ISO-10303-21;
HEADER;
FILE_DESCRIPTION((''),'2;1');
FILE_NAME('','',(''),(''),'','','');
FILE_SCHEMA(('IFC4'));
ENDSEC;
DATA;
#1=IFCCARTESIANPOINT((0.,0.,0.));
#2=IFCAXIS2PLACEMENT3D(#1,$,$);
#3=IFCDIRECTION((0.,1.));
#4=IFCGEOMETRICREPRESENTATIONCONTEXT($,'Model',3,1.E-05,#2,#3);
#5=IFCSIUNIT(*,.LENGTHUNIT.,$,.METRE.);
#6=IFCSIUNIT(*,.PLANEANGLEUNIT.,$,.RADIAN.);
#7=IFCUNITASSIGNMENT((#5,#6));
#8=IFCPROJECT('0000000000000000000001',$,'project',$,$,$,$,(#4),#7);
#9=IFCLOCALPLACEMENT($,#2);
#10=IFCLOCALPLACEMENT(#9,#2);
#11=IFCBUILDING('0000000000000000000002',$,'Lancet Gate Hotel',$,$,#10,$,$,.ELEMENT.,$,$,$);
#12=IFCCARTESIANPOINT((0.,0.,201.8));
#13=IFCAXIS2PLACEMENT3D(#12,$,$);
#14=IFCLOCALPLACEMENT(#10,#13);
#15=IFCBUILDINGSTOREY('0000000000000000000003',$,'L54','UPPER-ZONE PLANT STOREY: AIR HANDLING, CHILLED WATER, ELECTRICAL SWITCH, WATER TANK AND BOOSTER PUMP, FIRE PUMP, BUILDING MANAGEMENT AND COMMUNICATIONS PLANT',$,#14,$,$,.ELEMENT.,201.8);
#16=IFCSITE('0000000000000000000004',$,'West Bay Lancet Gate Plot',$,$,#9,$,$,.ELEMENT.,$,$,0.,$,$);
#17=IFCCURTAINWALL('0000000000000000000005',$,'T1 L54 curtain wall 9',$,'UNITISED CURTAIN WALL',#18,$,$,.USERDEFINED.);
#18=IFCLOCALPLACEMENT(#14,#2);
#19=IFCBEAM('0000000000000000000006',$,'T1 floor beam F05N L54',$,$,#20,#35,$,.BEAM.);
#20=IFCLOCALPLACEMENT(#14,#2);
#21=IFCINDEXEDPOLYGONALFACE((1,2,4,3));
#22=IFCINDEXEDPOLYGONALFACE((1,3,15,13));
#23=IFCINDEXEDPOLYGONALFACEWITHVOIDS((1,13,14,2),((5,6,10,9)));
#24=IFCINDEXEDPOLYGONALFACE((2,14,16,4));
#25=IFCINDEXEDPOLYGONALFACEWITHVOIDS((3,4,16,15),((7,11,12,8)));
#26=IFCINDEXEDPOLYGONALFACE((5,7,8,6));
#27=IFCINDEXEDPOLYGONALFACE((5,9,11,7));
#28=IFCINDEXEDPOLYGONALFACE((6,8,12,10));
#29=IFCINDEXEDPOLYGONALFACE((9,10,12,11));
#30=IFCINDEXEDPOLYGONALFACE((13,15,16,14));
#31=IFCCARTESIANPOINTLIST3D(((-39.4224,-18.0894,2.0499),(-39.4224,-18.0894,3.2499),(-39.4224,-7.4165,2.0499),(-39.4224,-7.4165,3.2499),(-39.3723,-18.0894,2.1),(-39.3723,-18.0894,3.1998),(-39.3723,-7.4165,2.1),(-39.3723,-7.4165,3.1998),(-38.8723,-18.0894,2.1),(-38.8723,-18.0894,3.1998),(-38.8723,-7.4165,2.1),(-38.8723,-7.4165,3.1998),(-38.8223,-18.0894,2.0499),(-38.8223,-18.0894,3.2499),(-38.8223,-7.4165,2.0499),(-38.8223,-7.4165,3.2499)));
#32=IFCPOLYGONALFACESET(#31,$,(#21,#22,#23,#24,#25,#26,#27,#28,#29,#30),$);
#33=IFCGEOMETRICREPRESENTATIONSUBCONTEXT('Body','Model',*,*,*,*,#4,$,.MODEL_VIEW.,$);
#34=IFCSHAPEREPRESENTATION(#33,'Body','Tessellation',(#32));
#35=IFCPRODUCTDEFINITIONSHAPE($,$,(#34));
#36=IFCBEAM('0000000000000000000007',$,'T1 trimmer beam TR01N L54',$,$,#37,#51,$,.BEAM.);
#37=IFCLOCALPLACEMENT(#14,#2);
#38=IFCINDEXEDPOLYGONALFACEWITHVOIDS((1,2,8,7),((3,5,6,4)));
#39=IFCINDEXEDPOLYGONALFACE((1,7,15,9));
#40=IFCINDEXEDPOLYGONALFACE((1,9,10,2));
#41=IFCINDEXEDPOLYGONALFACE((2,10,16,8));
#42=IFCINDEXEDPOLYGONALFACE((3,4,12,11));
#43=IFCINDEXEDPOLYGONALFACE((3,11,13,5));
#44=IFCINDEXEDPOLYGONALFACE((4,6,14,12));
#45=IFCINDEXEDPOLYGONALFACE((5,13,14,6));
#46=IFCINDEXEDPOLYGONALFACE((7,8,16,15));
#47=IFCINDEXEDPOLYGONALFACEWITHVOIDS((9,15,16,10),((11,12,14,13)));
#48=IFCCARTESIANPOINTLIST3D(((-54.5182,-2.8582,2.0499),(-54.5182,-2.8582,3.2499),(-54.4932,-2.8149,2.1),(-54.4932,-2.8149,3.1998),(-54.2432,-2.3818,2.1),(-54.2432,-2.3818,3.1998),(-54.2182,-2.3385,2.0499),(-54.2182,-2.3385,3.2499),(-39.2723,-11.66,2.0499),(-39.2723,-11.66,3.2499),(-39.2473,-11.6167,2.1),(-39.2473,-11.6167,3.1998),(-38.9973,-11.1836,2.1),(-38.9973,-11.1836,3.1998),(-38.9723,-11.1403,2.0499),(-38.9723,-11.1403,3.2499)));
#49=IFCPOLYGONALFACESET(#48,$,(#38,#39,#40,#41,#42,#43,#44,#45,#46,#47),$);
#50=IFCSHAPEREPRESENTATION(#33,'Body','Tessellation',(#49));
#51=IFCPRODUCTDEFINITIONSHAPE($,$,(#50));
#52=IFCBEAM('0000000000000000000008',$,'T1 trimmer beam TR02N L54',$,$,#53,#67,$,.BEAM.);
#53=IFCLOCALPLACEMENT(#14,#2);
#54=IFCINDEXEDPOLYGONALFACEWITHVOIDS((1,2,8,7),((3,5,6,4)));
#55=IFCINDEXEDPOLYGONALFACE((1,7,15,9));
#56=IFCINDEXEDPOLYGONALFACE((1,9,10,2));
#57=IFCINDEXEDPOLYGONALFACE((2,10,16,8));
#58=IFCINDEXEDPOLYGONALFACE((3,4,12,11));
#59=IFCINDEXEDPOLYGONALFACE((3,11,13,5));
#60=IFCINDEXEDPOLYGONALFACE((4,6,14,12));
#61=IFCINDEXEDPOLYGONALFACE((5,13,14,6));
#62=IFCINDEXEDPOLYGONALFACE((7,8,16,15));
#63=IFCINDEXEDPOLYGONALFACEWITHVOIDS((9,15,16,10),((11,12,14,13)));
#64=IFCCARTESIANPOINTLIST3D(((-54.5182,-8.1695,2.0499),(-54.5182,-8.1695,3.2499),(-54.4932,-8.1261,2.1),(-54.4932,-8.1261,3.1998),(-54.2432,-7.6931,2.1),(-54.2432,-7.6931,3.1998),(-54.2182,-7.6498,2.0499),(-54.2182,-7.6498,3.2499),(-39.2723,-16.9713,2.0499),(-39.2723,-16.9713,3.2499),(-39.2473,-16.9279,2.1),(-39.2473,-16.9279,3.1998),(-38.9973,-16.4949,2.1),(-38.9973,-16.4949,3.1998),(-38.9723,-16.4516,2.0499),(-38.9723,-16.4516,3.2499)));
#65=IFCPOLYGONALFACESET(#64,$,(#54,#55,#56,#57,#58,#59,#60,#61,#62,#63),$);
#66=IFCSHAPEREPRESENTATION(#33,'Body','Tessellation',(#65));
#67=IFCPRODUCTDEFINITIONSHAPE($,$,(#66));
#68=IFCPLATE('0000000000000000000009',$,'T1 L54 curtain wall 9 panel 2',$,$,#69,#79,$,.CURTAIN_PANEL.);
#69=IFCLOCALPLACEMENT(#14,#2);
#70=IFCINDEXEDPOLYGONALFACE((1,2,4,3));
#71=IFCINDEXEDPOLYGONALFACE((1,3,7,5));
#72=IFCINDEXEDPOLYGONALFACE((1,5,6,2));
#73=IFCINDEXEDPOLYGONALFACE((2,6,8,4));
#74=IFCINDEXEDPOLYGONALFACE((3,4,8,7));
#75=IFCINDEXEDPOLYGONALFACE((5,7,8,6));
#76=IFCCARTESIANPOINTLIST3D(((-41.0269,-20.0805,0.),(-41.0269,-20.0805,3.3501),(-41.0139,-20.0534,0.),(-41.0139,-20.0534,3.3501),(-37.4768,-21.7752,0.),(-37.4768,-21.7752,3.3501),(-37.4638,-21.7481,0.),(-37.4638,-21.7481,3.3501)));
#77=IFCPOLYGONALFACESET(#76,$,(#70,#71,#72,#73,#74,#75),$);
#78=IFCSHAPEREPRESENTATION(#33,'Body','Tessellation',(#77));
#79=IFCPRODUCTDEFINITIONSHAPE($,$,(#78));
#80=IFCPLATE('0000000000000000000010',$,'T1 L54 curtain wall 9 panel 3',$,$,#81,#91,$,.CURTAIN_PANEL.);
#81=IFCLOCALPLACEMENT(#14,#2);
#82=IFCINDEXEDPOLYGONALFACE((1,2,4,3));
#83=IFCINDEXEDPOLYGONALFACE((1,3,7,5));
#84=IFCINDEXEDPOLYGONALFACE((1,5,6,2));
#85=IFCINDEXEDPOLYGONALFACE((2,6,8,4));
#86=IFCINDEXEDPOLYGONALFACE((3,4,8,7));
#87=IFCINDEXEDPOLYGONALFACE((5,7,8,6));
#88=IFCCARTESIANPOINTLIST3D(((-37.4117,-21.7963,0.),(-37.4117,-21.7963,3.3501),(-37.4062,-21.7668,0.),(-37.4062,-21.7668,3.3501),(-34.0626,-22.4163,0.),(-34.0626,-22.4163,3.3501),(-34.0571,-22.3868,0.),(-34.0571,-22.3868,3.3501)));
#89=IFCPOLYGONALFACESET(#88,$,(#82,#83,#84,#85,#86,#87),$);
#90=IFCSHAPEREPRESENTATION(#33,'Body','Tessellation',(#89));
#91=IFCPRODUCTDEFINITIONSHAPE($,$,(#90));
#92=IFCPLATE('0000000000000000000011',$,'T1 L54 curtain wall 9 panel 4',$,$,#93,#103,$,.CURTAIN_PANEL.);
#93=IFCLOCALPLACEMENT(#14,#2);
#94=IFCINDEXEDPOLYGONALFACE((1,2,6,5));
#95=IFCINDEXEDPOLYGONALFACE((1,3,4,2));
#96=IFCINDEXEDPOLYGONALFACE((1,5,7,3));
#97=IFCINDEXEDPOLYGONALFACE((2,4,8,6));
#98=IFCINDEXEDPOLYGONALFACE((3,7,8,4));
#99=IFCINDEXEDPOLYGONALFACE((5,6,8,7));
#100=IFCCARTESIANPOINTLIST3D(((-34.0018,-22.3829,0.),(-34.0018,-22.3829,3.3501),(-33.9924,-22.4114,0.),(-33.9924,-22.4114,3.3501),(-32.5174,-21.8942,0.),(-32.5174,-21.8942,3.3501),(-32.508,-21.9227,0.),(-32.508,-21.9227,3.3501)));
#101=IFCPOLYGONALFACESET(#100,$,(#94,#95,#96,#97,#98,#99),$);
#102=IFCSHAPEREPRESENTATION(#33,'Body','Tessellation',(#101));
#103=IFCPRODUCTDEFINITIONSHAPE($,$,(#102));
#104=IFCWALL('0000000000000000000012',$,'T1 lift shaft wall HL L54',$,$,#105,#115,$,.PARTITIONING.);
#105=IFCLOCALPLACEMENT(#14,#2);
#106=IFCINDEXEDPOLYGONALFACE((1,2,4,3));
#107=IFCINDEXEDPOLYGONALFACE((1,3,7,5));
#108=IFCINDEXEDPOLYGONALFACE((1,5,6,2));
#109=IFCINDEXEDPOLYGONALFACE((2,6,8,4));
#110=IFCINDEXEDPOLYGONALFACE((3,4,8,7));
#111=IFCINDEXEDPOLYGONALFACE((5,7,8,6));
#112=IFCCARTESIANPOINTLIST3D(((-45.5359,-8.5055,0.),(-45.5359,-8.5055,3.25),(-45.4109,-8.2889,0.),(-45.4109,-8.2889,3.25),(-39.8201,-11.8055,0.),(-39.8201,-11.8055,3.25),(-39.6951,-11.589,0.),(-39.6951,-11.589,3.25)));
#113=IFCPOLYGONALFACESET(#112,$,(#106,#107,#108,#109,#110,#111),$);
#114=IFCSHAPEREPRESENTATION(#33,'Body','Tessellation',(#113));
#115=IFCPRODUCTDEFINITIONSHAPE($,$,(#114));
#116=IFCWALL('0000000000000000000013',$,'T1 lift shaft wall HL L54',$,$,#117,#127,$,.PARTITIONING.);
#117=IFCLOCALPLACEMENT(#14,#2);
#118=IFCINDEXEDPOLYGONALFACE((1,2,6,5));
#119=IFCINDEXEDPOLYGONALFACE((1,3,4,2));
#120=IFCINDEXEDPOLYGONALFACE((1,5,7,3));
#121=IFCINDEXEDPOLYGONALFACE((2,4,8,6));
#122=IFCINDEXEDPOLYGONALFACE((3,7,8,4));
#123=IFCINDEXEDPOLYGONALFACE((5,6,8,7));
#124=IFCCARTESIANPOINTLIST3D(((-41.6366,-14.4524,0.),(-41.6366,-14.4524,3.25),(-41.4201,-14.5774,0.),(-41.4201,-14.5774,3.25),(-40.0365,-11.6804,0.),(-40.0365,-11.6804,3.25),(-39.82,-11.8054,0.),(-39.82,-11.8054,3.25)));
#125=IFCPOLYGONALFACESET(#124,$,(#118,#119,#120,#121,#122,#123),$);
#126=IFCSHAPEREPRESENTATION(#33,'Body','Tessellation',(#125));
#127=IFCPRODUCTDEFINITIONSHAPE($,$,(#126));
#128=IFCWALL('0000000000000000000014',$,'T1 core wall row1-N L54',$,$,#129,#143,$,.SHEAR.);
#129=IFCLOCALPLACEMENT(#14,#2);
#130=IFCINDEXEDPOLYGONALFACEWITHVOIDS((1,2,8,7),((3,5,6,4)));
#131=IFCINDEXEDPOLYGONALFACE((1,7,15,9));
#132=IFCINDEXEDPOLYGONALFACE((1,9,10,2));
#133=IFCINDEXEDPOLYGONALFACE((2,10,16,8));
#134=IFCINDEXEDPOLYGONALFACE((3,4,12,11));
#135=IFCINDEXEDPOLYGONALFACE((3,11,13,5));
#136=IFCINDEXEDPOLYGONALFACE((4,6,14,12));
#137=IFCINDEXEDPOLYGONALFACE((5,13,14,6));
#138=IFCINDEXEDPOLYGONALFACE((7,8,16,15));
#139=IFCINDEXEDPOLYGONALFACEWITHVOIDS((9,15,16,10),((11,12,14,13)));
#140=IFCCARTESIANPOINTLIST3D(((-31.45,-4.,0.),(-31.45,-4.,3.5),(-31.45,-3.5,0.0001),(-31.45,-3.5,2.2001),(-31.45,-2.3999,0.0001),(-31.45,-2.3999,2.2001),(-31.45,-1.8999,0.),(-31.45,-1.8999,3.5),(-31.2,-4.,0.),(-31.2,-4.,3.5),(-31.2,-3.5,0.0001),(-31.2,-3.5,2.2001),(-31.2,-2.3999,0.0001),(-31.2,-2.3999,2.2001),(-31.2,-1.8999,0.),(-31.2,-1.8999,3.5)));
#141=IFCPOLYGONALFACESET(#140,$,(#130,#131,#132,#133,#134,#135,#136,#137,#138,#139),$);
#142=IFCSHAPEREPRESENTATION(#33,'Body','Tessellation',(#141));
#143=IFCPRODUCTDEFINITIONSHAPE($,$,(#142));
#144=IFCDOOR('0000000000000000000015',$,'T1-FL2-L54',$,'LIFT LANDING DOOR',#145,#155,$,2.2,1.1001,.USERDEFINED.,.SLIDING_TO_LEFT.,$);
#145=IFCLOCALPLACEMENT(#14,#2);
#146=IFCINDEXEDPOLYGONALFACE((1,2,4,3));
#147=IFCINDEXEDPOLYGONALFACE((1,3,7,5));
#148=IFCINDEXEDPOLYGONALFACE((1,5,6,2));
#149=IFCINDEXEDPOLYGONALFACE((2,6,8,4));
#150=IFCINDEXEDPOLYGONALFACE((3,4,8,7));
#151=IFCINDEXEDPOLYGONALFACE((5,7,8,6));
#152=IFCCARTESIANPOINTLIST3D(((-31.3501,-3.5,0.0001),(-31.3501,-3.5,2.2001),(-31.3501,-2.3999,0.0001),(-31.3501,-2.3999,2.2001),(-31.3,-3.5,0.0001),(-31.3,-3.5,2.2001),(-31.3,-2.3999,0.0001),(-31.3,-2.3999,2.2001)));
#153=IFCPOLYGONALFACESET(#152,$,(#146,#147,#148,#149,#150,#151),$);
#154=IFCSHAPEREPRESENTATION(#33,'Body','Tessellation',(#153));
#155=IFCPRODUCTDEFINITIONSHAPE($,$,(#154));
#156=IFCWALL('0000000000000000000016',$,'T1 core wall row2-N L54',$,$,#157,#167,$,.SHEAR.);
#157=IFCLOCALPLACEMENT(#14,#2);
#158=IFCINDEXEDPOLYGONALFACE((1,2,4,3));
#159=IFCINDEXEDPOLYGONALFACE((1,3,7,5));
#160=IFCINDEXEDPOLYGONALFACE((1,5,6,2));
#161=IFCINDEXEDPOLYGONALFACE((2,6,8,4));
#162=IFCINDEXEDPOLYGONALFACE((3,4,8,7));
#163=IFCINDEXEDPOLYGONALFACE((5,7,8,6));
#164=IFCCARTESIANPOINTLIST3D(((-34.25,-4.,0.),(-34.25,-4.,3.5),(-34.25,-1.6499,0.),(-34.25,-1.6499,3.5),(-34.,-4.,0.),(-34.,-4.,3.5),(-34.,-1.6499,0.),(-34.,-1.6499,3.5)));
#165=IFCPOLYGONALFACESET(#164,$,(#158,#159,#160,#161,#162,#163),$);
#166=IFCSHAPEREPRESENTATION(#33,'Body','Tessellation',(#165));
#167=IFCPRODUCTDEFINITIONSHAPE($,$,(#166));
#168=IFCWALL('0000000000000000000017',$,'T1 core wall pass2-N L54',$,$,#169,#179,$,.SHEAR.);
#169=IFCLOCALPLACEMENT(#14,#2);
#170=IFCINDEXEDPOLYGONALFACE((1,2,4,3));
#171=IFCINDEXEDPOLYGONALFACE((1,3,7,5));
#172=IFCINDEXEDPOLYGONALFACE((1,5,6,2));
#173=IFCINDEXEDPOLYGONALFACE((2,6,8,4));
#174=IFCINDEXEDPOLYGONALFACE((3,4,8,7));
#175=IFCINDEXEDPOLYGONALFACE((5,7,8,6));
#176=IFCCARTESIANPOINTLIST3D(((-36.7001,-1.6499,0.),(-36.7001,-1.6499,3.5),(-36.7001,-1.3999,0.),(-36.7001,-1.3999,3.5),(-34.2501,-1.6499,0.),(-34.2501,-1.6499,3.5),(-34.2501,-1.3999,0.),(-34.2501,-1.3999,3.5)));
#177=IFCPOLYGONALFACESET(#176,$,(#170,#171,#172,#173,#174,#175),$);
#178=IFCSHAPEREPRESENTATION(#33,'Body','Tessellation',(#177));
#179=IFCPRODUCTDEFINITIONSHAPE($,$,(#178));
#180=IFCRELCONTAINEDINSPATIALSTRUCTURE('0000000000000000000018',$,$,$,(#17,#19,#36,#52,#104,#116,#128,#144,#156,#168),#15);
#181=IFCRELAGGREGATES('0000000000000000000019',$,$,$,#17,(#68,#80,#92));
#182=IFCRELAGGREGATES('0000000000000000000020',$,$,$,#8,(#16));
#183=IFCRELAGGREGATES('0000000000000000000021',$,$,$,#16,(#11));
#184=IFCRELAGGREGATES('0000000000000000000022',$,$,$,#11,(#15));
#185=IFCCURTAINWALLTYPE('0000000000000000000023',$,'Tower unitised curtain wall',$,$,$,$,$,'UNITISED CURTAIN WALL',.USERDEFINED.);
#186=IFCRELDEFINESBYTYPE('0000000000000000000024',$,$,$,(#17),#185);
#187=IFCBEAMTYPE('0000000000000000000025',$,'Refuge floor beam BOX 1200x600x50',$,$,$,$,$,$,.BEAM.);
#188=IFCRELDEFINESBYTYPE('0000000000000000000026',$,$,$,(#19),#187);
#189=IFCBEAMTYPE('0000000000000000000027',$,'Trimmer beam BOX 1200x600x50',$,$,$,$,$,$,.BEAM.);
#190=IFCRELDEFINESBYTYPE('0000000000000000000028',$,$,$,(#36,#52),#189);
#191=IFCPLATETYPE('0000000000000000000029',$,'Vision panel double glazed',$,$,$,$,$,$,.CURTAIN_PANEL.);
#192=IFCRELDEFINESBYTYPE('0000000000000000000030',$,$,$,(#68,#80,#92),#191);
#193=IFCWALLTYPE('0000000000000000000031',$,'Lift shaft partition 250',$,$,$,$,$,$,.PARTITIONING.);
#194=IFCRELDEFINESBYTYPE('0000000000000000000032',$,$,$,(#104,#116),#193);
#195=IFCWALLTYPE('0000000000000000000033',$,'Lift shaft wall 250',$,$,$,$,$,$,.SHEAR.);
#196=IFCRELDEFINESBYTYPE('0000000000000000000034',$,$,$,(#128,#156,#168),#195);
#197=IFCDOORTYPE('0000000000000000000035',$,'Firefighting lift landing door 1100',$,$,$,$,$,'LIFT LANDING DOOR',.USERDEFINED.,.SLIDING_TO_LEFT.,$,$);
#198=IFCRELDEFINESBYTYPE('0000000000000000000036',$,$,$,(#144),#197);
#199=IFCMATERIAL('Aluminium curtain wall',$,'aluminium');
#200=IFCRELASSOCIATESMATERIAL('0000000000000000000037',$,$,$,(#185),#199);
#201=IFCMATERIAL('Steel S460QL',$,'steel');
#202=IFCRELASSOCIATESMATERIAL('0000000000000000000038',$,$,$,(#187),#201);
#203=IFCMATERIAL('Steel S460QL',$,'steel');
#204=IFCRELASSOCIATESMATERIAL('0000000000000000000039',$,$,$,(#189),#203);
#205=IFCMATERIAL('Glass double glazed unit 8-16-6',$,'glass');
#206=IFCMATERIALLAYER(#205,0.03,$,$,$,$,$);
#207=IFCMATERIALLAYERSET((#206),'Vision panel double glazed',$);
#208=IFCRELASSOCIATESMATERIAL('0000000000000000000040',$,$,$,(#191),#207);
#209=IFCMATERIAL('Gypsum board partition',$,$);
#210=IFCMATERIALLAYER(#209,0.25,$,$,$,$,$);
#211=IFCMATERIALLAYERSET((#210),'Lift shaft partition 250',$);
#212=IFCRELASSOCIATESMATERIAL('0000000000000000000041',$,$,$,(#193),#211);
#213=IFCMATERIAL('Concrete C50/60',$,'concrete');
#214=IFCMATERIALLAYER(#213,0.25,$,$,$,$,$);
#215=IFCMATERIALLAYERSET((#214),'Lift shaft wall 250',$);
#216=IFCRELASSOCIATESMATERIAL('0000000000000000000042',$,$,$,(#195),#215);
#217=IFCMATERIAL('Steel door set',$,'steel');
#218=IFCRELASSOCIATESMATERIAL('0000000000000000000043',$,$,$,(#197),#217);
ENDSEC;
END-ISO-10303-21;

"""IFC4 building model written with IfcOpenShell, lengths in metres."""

from ifc_helpers import new_model, si_unit, direction, frame, frame_2d, origin, origin_2d, place, context, subcontext, project, spatial, rectangle, hollow_rectangle, extrude, material, layer, layer_set, material_profile, profile_set, type_object, element, fill, aggregate, save


model = new_model("IFC4")

# Units and contexts
model_context = context("Model", 3, precision=1e-05, world=origin(), true_north=direction((0.0, 1.0)))
body_context = subcontext(model_context, "Body", "Model", "MODEL_VIEW")
ifc_project = project(units=[si_unit("LENGTHUNIT", "METRE"), si_unit("PLANEANGLEUNIT", "RADIAN")], contexts=[model_context])

# Site, building, storey
site_placement = place(None, origin())
site = spatial("IfcSite", under=ifc_project, at=site_placement, Name="West Bay Lancet Gate Plot", CompositionType="ELEMENT", RefElevation=0.0)
building_placement = place(site_placement, origin())
building = spatial("IfcBuilding", under=site, at=building_placement, Name="Lancet Gate Hotel", CompositionType="ELEMENT")
storey_placement = place(building_placement, frame((0.0, 0.0, 201.8)))
storey = spatial("IfcBuildingStorey", under=building, at=storey_placement, Name="L54", Description="UPPER-ZONE PLANT STOREY: AIR HANDLING, CHILLED WATER, ELECTRICAL SWITCH, WATER TANK AND BOOSTER PUMP, FIRE PUMP, BUILDING MANAGEMENT AND COMMUNICATIONS PLANT", CompositionType="ELEMENT", Elevation=201.8)

# Curtain wall
ifc_material_1 = material(Name="Aluminium curtain wall", Category="aluminium")
curtain_wall_type = type_object("IfcCurtainWallType", Name="Tower unitised curtain wall", ElementType="UNITISED CURTAIN WALL", PredefinedType="USERDEFINED", material=ifc_material_1)
curtain_wall_1_placement = place(storey_placement, origin())
curtain_wall_1 = element("IfcCurtainWall", 1, at=curtain_wall_1_placement, inside=storey, type_object=curtain_wall_type, Name="T1 L54 curtain wall 9", ObjectType="UNITISED CURTAIN WALL", PredefinedType="USERDEFINED")

# Beams
ifc_material_2 = material(Name="Steel S460QL", Category="steel")
ifc_material_profile_1 = material_profile(ifc_material_2, hollow_rectangle(XDim=0.6001, YDim=1.2, WallThickness=0.05, at=origin_2d()), Name="BOX 1200x600x50")
ifc_profile_set_1 = profile_set([ifc_material_profile_1], Name="Steel S460QL")
beam_type_1 = type_object("IfcBeamType", Name="Refuge floor beam BOX 1200x600x50", PredefinedType="BEAM", material=ifc_profile_set_1)
beam_1_placement = place(storey_placement, frame((-39.1223, -7.4165, 2.6499), z_axis=(0.0, -1.0, 0.0), x_axis=(1.0, 0.0, 0.0)))
element("IfcBeam", 2, at=beam_1_placement, inside=storey, type_object=beam_type_1, Name="T1 floor beam F05N L54", PredefinedType="BEAM", context=body_context, shape_type="SweptSolid", body=[
    extrude(hollow_rectangle(XDim=0.6001, YDim=1.2, WallThickness=0.05, at=origin_2d()), origin(), (0.0, 0.0, 1.0), 10.6729),
])
ifc_material_3 = material(Name="Steel S460QL", Category="steel")
ifc_material_profile_2 = material_profile(ifc_material_3, hollow_rectangle(XDim=0.6001, YDim=1.2, WallThickness=0.05, at=origin_2d()), Name="BOX 1200x600x50")
ifc_profile_set_2 = profile_set([ifc_material_profile_2], Name="Steel S460QL")
beam_type_2 = type_object("IfcBeamType", Name="Trimmer beam BOX 1200x600x50", PredefinedType="BEAM", material=ifc_profile_set_2)
for number, where, z_axis, x_axis, name in (
    (3, (-39.1223, -11.4001, 2.6499), (-0.866036, 0.499981, 0.0), (-0.499981, -0.866036, 0.0), "T1 trimmer beam TR01N L54"),
    (4, (-39.1223, -16.7114, 2.6499), (-0.866036, 0.499981, 0.0), (-0.499981, -0.866036, 0.0), "T1 trimmer beam TR02N L54"),
):
    element("IfcBeam", number, at=place(storey_placement, frame(where, z_axis=z_axis, x_axis=x_axis)), inside=storey, type_object=beam_type_2, Name=name, PredefinedType="BEAM", context=body_context, shape_type="SweptSolid", body=[
        extrude(hollow_rectangle(XDim=0.6001, YDim=1.2, WallThickness=0.05, at=origin_2d()), origin(), (0.0, 0.0, 1.0), 17.6042),
    ])

# Plates
ifc_material_4 = material(Name="Glass double glazed unit 8-16-6", Category="glass")
ifc_layer_1 = layer(ifc_material_4, 0.03)
ifc_layer_set_1 = layer_set([ifc_layer_1], Name="Vision panel double glazed")
plate_type = type_object("IfcPlateType", Name="Vision panel double glazed", PredefinedType="CURTAIN_PANEL", material=ifc_layer_set_1)
plate_1_placement = place(storey_placement, frame((-39.2454, -20.9143, 0.0), z_axis=(0.0, 0.0, 1.0), x_axis=(0.902454, -0.430787, 0.0)))
plate_1 = element("IfcPlate", 5, at=plate_1_placement, type_object=plate_type, Name="T1 L54 curtain wall 9 panel 2", PredefinedType="CURTAIN_PANEL", context=body_context, shape_type="SweptSolid", body=[
    extrude(rectangle(XDim=3.9338, YDim=0.03, at=origin_2d()), origin(), (0.0, 0.0, 1.0), 3.3501),
])
plate_2_placement = place(storey_placement, frame((-35.7344, -22.0916, 0.0), z_axis=(0.0, 0.0, 1.0), x_axis=(0.983292, -0.182033, 0.0)))
plate_2 = element("IfcPlate", 6, at=plate_2_placement, type_object=plate_type, Name="T1 L54 curtain wall 9 panel 3", PredefinedType="CURTAIN_PANEL", context=body_context, shape_type="SweptSolid", body=[
    extrude(rectangle(XDim=3.406, YDim=0.03, at=origin_2d()), origin(), (0.0, 0.0, 1.0), 3.3501),
])
plate_3_placement = place(storey_placement, frame((-33.2549, -22.1528, 0.0), z_axis=(0.0, 0.0, 1.0), x_axis=(0.949848, 0.312712, 0.0)))
plate_3 = element("IfcPlate", 7, at=plate_3_placement, type_object=plate_type, Name="T1 L54 curtain wall 9 panel 4", PredefinedType="CURTAIN_PANEL", context=body_context, shape_type="SweptSolid", body=[
    extrude(rectangle(XDim=1.5627, YDim=0.03, at=origin_2d()), origin(), (0.0, 0.0, 1.0), 3.3501),
])
aggregate(curtain_wall_1, [plate_1, plate_2, plate_3])

# Walls
ifc_material_5 = material(Name="Gypsum board partition")
ifc_layer_2 = layer(ifc_material_5, 0.25)
ifc_layer_set_2 = layer_set([ifc_layer_2], Name="Lift shaft partition 250")
wall_type_1 = type_object("IfcWallType", Name="Lift shaft partition 250", PredefinedType="PARTITIONING", material=ifc_layer_set_2)
wall_1_placement = place(storey_placement, frame((-39.7576, -11.6973, 0.0), z_axis=(0.0, 0.0, 1.0), x_axis=(-0.866024, 0.500002, 0.0)))
element("IfcWall", 8, at=wall_1_placement, inside=storey, type_object=wall_type_1, Name="T1 lift shaft wall HL L54", PredefinedType="PARTITIONING", context=body_context, shape_type="SweptSolid", body=[
    extrude(rectangle(XDim=6.6001, YDim=0.25, at=frame_2d((3.3, 0.0))), origin(), (0.0, 0.0, 1.0), 3.25),
])
wall_2_placement = place(storey_placement, frame((-39.9282, -11.7429, 0.0), z_axis=(0.0, 0.0, 1.0), x_axis=(-0.499929, -0.866066, 0.0)))
element("IfcWall", 9, at=wall_2_placement, inside=storey, type_object=wall_type_1, Name="T1 lift shaft wall HL L54", PredefinedType="PARTITIONING", context=body_context, shape_type="SweptSolid", body=[
    extrude(rectangle(XDim=3.2007, YDim=0.25, at=frame_2d((1.6003, 0.0))), origin(), (0.0, 0.0, 1.0), 3.25),
])

# Wall, opening, door
ifc_material_6 = material(Name="Concrete C50/60", Category="concrete")
ifc_layer_3 = layer(ifc_material_6, 0.25)
ifc_layer_set_3 = layer_set([ifc_layer_3], Name="Lift shaft wall 250")
wall_type_2 = type_object("IfcWallType", Name="Lift shaft wall 250", PredefinedType="SHEAR", material=ifc_layer_set_3)
wall_3_placement = place(storey_placement, frame((-31.325, -1.8999, 0.0), z_axis=(0.0, 0.0, 1.0), x_axis=(0.0, -1.0, 0.0)))
wall_3 = element("IfcWall", 10, at=wall_3_placement, inside=storey, type_object=wall_type_2, Name="T1 core wall row1-N L54", PredefinedType="SHEAR", context=body_context, shape_type="SweptSolid", body=[
    extrude(rectangle(XDim=2.1001, YDim=0.25, at=frame_2d((1.05, 0.0))), origin(), (0.0, 0.0, 1.0), 3.5),
])
opening_placement = place(wall_3_placement, frame((0.5, 0.0, 0.0)))
opening = element("IfcOpeningElement", 11, at=opening_placement, cuts=wall_3, PredefinedType="OPENING", context=body_context, shape_type="SweptSolid", body=[
    extrude(rectangle(XDim=1.1001, YDim=2.2, at=frame_2d((0.55, 1.1001))), frame((0.0, 0.135, 0.0), z_axis=(0.0, -1.0, 0.0), x_axis=(1.0, 0.0, 0.0)), (0.0, 0.0, 1.0), 0.27),
])
ifc_material_7 = material(Name="Steel door set", Category="steel")
door_type = type_object("IfcDoorType", Name="Firefighting lift landing door 1100", ElementType="LIFT LANDING DOOR", OperationType="SLIDING_TO_LEFT", PredefinedType="USERDEFINED", material=ifc_material_7)
door_placement = place(opening_placement, origin())
door = element("IfcDoor", 12, at=door_placement, inside=storey, type_object=door_type, Name="T1-FL2-L54", ObjectType="LIFT LANDING DOOR", OperationType="SLIDING_TO_LEFT", OverallHeight=2.2, OverallWidth=1.1001, PredefinedType="USERDEFINED", context=body_context, shape_type="SweptSolid", body=[
    extrude(rectangle(XDim=1.1001, YDim=2.2, at=frame_2d((0.55, 1.1001))), frame((0.0, 0.0249, 0.0), z_axis=(0.0, -1.0, 0.0), x_axis=(1.0, 0.0, 0.0)), (0.0, 0.0, 1.0), 0.05),
])
fill(opening, door)

# Walls
wall_4_placement = place(storey_placement, frame((-34.125, -1.6499, 0.0), z_axis=(0.0, 0.0, 1.0), x_axis=(0.0, -1.0, 0.0)))
element("IfcWall", 13, at=wall_4_placement, inside=storey, type_object=wall_type_2, Name="T1 core wall row2-N L54", PredefinedType="SHEAR", context=body_context, shape_type="SweptSolid", body=[
    extrude(rectangle(XDim=2.3501, YDim=0.25, at=frame_2d((1.175, 0.0))), origin(), (0.0, 0.0, 1.0), 3.5),
])
wall_5_placement = place(storey_placement, frame((-34.25, -1.5249, 0.0), z_axis=(0.0, 0.0, 1.0), x_axis=(-1.0, 0.0, 0.0)))
element("IfcWall", 14, at=wall_5_placement, inside=storey, type_object=wall_type_2, Name="T1 core wall pass2-N L54", PredefinedType="SHEAR", context=body_context, shape_type="SweptSolid", body=[
    extrude(rectangle(XDim=2.45, YDim=0.25, at=frame_2d((1.2251, 0.0))), origin(), (0.0, 0.0, 1.0), 3.5),
])

save(model, "model.ifc")
